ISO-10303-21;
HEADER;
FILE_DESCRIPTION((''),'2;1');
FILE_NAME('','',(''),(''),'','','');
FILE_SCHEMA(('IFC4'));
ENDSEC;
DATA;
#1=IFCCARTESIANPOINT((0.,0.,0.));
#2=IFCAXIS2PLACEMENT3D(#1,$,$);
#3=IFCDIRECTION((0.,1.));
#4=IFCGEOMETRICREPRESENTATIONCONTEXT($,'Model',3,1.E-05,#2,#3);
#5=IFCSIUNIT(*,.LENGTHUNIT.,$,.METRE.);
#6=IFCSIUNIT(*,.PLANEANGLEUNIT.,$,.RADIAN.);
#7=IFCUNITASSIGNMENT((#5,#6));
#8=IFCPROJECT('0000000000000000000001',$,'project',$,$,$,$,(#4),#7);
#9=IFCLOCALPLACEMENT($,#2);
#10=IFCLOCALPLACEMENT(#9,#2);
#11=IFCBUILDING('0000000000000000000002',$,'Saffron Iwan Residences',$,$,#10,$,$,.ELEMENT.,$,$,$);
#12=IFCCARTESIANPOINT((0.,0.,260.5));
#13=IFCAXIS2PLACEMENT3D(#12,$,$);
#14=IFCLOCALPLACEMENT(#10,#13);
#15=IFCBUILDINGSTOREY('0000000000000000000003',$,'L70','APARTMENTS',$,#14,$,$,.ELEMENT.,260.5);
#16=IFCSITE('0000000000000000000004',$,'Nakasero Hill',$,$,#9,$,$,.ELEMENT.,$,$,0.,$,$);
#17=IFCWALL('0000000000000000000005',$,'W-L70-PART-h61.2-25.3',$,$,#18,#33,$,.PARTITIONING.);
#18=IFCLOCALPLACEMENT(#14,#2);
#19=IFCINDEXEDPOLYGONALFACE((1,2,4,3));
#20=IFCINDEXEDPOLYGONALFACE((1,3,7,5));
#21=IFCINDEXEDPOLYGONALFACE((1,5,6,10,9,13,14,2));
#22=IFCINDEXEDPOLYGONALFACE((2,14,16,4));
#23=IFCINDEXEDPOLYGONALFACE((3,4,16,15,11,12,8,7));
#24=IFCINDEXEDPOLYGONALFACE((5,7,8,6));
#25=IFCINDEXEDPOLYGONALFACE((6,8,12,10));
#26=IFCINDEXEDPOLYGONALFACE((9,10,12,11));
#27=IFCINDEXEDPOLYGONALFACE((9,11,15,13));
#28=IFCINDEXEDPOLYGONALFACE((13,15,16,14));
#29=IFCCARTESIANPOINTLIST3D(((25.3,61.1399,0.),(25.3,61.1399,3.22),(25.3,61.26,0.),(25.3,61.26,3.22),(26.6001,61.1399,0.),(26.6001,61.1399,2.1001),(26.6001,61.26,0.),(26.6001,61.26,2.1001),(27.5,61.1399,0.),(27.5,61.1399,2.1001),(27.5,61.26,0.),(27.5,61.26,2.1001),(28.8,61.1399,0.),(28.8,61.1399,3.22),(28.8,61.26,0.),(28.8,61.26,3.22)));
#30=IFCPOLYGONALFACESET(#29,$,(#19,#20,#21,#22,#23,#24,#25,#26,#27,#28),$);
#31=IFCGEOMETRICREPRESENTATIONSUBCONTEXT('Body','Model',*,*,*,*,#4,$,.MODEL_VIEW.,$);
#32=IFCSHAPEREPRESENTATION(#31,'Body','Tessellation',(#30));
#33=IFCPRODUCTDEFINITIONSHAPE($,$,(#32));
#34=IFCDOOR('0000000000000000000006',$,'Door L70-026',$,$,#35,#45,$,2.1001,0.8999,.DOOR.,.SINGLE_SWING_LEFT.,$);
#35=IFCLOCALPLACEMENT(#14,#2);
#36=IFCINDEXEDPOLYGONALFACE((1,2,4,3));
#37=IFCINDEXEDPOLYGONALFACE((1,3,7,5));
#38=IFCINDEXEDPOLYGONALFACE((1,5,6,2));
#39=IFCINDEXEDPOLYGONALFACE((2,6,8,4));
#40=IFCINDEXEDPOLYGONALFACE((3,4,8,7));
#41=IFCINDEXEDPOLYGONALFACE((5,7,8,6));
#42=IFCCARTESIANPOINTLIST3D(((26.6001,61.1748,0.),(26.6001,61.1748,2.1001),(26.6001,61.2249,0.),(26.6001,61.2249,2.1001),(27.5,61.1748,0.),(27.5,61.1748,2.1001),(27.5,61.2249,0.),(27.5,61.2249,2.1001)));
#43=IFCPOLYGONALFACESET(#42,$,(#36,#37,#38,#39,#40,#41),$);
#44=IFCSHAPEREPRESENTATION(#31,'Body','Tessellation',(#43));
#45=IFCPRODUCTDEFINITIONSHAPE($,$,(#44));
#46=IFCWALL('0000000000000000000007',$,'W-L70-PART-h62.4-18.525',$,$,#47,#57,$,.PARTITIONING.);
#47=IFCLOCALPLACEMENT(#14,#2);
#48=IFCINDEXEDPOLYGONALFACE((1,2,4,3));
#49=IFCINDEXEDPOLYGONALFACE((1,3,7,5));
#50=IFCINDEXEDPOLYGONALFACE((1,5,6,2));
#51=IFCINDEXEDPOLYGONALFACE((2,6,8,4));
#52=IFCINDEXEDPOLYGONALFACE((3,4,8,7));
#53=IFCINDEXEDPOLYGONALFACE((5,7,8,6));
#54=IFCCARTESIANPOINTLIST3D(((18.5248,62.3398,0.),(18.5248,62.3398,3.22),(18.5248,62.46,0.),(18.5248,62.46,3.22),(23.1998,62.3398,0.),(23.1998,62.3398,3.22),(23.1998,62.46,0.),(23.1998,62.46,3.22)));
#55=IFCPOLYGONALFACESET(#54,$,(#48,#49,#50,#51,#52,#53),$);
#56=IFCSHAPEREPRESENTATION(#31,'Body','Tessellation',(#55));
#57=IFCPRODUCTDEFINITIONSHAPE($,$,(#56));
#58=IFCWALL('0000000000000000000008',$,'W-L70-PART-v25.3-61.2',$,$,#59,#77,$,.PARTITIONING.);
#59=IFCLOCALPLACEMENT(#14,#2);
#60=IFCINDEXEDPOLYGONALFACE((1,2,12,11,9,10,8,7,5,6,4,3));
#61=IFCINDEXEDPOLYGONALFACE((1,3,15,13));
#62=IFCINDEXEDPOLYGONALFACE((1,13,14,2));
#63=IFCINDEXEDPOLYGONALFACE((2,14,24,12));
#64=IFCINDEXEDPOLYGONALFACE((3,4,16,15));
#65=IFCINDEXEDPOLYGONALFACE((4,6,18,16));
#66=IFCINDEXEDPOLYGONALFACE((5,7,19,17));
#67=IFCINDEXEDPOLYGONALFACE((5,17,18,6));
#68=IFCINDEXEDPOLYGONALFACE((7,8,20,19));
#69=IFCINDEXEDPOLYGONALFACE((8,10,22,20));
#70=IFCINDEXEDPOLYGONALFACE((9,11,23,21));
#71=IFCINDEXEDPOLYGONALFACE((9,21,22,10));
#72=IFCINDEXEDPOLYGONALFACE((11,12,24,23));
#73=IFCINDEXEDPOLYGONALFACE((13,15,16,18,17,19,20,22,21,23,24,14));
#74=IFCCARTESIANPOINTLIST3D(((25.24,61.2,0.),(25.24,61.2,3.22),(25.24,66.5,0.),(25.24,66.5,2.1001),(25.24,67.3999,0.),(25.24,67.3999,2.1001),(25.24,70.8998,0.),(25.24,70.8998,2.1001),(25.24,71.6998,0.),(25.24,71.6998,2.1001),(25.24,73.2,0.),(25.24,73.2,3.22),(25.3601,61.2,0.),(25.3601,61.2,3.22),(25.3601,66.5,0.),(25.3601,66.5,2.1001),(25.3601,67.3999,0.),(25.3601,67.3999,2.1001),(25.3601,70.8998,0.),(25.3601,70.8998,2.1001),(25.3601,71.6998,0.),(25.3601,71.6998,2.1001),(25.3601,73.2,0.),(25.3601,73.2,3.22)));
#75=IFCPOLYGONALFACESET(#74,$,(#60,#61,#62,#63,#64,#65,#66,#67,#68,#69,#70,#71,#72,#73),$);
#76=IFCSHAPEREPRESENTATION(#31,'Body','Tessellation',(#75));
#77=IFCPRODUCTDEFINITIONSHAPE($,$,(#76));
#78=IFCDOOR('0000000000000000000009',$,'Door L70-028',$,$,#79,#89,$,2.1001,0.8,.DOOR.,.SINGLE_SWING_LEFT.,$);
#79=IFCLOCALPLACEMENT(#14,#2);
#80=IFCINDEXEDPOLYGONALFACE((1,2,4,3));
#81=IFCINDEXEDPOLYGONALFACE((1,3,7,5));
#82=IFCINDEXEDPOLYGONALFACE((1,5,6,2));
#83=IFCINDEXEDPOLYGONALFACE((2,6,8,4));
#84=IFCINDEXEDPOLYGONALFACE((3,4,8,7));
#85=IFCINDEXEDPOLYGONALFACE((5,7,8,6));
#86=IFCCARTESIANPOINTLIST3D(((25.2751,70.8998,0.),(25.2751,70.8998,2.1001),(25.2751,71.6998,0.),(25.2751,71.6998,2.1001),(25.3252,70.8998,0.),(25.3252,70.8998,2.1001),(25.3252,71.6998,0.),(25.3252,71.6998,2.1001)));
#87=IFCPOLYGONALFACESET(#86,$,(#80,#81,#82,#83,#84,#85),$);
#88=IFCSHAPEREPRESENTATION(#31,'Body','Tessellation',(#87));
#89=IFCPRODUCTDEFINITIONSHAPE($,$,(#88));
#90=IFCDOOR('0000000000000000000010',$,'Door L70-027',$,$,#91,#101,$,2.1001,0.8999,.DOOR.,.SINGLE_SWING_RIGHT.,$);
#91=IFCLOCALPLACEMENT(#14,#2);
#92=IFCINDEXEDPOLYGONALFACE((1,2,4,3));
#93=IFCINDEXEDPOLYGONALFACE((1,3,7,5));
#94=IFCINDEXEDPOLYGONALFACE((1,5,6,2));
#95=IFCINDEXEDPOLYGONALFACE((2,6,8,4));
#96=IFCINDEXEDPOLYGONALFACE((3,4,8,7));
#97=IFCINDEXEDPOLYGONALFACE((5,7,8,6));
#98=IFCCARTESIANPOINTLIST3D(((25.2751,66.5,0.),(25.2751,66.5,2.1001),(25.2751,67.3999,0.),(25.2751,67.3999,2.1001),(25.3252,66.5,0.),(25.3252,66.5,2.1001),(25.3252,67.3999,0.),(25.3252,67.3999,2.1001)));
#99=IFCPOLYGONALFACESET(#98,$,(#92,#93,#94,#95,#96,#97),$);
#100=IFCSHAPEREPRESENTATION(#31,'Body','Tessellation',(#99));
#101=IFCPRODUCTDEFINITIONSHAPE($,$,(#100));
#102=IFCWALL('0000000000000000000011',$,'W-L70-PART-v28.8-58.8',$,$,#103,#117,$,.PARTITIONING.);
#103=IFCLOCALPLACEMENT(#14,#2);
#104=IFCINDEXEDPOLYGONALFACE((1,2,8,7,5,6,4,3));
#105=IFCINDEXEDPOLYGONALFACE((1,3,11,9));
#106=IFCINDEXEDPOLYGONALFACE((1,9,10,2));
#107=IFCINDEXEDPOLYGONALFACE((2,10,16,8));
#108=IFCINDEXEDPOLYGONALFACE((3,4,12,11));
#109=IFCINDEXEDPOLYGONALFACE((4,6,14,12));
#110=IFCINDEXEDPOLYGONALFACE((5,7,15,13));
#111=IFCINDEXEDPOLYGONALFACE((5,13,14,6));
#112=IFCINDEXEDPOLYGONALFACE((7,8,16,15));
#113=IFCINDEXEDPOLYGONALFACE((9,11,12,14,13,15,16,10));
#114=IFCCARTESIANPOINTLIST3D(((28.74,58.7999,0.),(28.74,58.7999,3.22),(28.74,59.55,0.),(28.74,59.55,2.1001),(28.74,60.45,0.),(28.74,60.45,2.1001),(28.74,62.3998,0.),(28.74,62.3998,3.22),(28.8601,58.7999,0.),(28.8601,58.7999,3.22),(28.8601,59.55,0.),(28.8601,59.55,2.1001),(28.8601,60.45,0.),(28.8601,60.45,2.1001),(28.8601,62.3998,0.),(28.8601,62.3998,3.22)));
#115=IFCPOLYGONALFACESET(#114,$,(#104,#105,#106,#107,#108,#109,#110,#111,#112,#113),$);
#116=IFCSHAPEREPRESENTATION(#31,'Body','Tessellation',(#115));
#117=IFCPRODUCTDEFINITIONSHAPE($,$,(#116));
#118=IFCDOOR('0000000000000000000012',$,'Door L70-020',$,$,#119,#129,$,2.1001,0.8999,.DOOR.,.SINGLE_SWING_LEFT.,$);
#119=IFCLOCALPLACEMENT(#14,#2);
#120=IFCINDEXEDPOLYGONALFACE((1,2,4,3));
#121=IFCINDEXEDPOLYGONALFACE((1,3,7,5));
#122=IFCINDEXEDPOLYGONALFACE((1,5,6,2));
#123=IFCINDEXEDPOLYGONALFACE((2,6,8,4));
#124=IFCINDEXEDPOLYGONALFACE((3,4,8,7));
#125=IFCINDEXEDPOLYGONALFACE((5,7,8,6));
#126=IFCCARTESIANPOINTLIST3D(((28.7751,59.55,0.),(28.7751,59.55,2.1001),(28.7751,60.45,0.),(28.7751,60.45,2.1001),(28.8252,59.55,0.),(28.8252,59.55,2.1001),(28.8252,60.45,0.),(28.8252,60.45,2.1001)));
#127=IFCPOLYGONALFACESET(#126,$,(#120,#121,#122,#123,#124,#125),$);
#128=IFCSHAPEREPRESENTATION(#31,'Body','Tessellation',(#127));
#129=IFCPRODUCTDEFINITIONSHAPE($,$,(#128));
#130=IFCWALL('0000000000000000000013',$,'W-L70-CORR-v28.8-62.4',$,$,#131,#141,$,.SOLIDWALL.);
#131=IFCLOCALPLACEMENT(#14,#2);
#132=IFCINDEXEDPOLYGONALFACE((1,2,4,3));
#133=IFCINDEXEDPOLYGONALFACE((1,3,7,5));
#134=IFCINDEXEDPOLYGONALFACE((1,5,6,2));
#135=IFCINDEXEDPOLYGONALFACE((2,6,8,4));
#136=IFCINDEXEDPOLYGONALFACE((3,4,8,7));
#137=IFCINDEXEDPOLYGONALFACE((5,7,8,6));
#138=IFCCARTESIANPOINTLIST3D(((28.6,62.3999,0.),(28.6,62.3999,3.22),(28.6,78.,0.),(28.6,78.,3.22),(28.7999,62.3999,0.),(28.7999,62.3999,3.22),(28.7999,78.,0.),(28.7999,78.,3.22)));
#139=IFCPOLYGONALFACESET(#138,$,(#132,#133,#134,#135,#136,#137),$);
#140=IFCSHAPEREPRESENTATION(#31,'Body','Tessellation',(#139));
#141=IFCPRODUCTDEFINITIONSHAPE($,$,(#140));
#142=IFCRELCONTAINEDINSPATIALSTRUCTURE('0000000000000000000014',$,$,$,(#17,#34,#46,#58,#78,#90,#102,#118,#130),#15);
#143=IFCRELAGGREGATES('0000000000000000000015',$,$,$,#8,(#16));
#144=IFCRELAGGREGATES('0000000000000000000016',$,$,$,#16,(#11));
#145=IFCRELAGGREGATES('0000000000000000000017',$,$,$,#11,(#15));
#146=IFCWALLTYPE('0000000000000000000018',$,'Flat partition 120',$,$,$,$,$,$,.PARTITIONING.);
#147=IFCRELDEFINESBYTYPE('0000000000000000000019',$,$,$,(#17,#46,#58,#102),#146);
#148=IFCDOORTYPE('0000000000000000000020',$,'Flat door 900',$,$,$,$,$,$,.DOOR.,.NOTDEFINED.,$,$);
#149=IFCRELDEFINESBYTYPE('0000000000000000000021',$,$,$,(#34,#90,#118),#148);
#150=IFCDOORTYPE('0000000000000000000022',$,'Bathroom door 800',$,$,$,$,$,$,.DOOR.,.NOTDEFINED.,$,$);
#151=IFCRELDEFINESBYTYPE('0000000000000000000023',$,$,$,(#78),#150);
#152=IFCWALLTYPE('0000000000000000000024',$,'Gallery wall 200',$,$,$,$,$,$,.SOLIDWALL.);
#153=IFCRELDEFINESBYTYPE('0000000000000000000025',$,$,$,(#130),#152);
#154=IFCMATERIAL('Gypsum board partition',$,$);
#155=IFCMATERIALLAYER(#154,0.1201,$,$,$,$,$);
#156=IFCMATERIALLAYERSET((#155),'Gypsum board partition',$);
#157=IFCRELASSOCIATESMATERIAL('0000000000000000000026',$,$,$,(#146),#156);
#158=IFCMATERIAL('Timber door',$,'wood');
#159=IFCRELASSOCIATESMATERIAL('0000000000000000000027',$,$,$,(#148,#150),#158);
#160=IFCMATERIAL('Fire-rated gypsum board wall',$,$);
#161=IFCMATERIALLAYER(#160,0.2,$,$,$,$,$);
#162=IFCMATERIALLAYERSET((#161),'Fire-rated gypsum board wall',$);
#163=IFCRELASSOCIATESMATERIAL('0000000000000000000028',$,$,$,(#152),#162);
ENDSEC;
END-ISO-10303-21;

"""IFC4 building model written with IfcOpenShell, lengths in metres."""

from ifc_helpers import new_model, si_unit, direction, frame, frame_2d, origin, place, context, subcontext, project, spatial, rectangle, extrude, material, layer, layer_set, type_object, element, fill, save


model = new_model("IFC4")

# Units and contexts
model_context = context("Model", 3, precision=1e-05, world=origin(), true_north=direction((0.0, 1.0)))
body_context = subcontext(model_context, "Body", "Model", "MODEL_VIEW")
ifc_project = project(units=[si_unit("LENGTHUNIT", "METRE"), si_unit("PLANEANGLEUNIT", "RADIAN")], contexts=[model_context])

# Site, building, storey
site_placement = place(None, origin())
site = spatial("IfcSite", under=ifc_project, at=site_placement, Name="Nakasero Hill", CompositionType="ELEMENT", RefElevation=0.0)
building_placement = place(site_placement, origin())
building = spatial("IfcBuilding", under=site, at=building_placement, Name="Saffron Iwan Residences", CompositionType="ELEMENT")
storey_placement = place(building_placement, frame((0.0, 0.0, 260.5)))
storey = spatial("IfcBuildingStorey", under=building, at=storey_placement, Name="L70", Description="APARTMENTS", CompositionType="ELEMENT", Elevation=260.5)

# Shared definitions
ifc_material_1 = material(Name="Fire-rated gypsum board wall")
ifc_material_2 = material(Name="Gypsum board partition")
ifc_layer_1 = layer(ifc_material_2, 0.1201)
ifc_layer_set_1 = layer_set([ifc_layer_1], Name="Gypsum board partition")
wall_type_1 = type_object("IfcWallType", Name="Flat partition 120", PredefinedType="PARTITIONING", material=ifc_layer_set_1)

# Wall, opening, door
wall_1_placement = place(storey_placement, frame((25.3, 61.2, 0.0), z_axis=(0.0, 0.0, 1.0), x_axis=(1.0, 0.0, 0.0)))
wall_1 = element("IfcWall", 1, at=wall_1_placement, inside=storey, type_object=wall_type_1, Name="W-L70-PART-h61.2-25.3", PredefinedType="PARTITIONING", context=body_context, shape_type="SweptSolid", body=[
    extrude(rectangle(XDim=3.5, YDim=0.1201, at=frame_2d((1.75, 0.0))), origin(), (0.0, 0.0, 1.0), 3.22),
])
opening_1_placement = place(wall_1_placement, frame((1.3, 0.0, 0.0)))
opening_1 = element("IfcOpeningElement", 2, at=opening_1_placement, cuts=wall_1, PredefinedType="OPENING", context=body_context, shape_type="SweptSolid", body=[
    extrude(rectangle(XDim=0.8999, YDim=2.1001, at=frame_2d((0.45, 1.05))), frame((0.0, 0.0701, 0.0), z_axis=(0.0, -1.0, 0.0), x_axis=(1.0, 0.0, 0.0)), (0.0, 0.0, 1.0), 0.1401),
])
ifc_material_3 = material(Name="Timber door", Category="wood")
door_type_1 = type_object("IfcDoorType", Name="Flat door 900", OperationType="NOTDEFINED", PredefinedType="DOOR", material=ifc_material_3)
door_1_placement = place(opening_1_placement, origin())
door_1 = element("IfcDoor", 3, at=door_1_placement, inside=storey, type_object=door_type_1, Name="Door L70-026", OperationType="SINGLE_SWING_LEFT", OverallHeight=2.1001, OverallWidth=0.8999, PredefinedType="DOOR", context=body_context, shape_type="SweptSolid", body=[
    extrude(rectangle(XDim=0.8999, YDim=2.1001, at=frame_2d((0.45, 1.05))), frame((0.0, 0.0249, 0.0), z_axis=(0.0, -1.0, 0.0), x_axis=(1.0, 0.0, 0.0)), (0.0, 0.0, 1.0), 0.05),
])
fill(opening_1, door_1)

# Wall
wall_2_placement = place(storey_placement, frame((18.5249, 62.3999, 0.0), z_axis=(0.0, 0.0, 1.0), x_axis=(1.0, 0.0, 0.0)))
element("IfcWall", 4, at=wall_2_placement, inside=storey, type_object=wall_type_1, Name="W-L70-PART-h62.4-18.525", PredefinedType="PARTITIONING", context=body_context, shape_type="SweptSolid", body=[
    extrude(rectangle(XDim=4.675, YDim=0.1201, at=frame_2d((2.3374, 0.0))), origin(), (0.0, 0.0, 1.0), 3.22),
])

# Wall, openings, doors
wall_3_placement = place(storey_placement, frame((25.3, 61.2, 0.0), z_axis=(0.0, 0.0, 1.0), x_axis=(0.0, 1.0, 0.0)))
wall_3 = element("IfcWall", 5, at=wall_3_placement, inside=storey, type_object=wall_type_1, Name="W-L70-PART-v25.3-61.2", PredefinedType="PARTITIONING", context=body_context, shape_type="SweptSolid", body=[
    extrude(rectangle(XDim=12.0, YDim=0.1201, at=frame_2d((6.0, 0.0))), origin(), (0.0, 0.0, 1.0), 3.22),
])
opening_2_placement = place(wall_3_placement, frame((5.3, 0.0, 0.0)))
opening_2 = element("IfcOpeningElement", 6, at=opening_2_placement, cuts=wall_3, PredefinedType="OPENING", context=body_context, shape_type="SweptSolid", body=[
    extrude(rectangle(XDim=0.8999, YDim=2.1001, at=frame_2d((0.45, 1.05))), frame((0.0, 0.0701, 0.0), z_axis=(0.0, -1.0, 0.0), x_axis=(1.0, 0.0, 0.0)), (0.0, 0.0, 1.0), 0.1401),
])
opening_3_placement = place(wall_3_placement, frame((9.7, 0.0, 0.0)))
opening_3 = element("IfcOpeningElement", 7, at=opening_3_placement, cuts=wall_3, PredefinedType="OPENING", context=body_context, shape_type="SweptSolid", body=[
    extrude(rectangle(XDim=0.8, YDim=2.1001, at=frame_2d((0.3999, 1.05))), frame((0.0, 0.0701, 0.0), z_axis=(0.0, -1.0, 0.0), x_axis=(1.0, 0.0, 0.0)), (0.0, 0.0, 1.0), 0.1401),
])
door_type_2 = type_object("IfcDoorType", Name="Bathroom door 800", OperationType="NOTDEFINED", PredefinedType="DOOR", material=ifc_material_3)
door_2_placement = place(opening_3_placement, origin())
door_2 = element("IfcDoor", 8, at=door_2_placement, inside=storey, type_object=door_type_2, Name="Door L70-028", OperationType="SINGLE_SWING_LEFT", OverallHeight=2.1001, OverallWidth=0.8, PredefinedType="DOOR", context=body_context, shape_type="SweptSolid", body=[
    extrude(rectangle(XDim=0.8, YDim=2.1001, at=frame_2d((0.3999, 1.05))), frame((0.0, 0.0249, 0.0), z_axis=(0.0, -1.0, 0.0), x_axis=(1.0, 0.0, 0.0)), (0.0, 0.0, 1.0), 0.05),
])
fill(opening_3, door_2)
door_3_placement = place(opening_2_placement, origin())
door_3 = element("IfcDoor", 9, at=door_3_placement, inside=storey, type_object=door_type_1, Name="Door L70-027", OperationType="SINGLE_SWING_RIGHT", OverallHeight=2.1001, OverallWidth=0.8999, PredefinedType="DOOR", context=body_context, shape_type="SweptSolid", body=[
    extrude(rectangle(XDim=0.8999, YDim=2.1001, at=frame_2d((0.45, 1.05))), frame((0.0, 0.0249, 0.0), z_axis=(0.0, -1.0, 0.0), x_axis=(1.0, 0.0, 0.0)), (0.0, 0.0, 1.0), 0.05),
])
fill(opening_2, door_3)

# Wall, opening, door
wall_4_placement = place(storey_placement, frame((28.8, 58.8, 0.0), z_axis=(0.0, 0.0, 1.0), x_axis=(0.0, 1.0, 0.0)))
wall_4 = element("IfcWall", 10, at=wall_4_placement, inside=storey, type_object=wall_type_1, Name="W-L70-PART-v28.8-58.8", PredefinedType="PARTITIONING", context=body_context, shape_type="SweptSolid", body=[
    extrude(rectangle(XDim=3.5999, YDim=0.1201, at=frame_2d((1.7998, 0.0))), origin(), (0.0, 0.0, 1.0), 3.22),
])
opening_4_placement = place(wall_4_placement, frame((0.75, 0.0, 0.0)))
opening_4 = element("IfcOpeningElement", 11, at=opening_4_placement, cuts=wall_4, PredefinedType="OPENING", context=body_context, shape_type="SweptSolid", body=[
    extrude(rectangle(XDim=0.8999, YDim=2.1001, at=frame_2d((0.45, 1.05))), frame((0.0, 0.0701, 0.0), z_axis=(0.0, -1.0, 0.0), x_axis=(1.0, 0.0, 0.0)), (0.0, 0.0, 1.0), 0.1401),
])
door_4_placement = place(opening_4_placement, origin())
door_4 = element("IfcDoor", 12, at=door_4_placement, inside=storey, type_object=door_type_1, Name="Door L70-020", OperationType="SINGLE_SWING_LEFT", OverallHeight=2.1001, OverallWidth=0.8999, PredefinedType="DOOR", context=body_context, shape_type="SweptSolid", body=[
    extrude(rectangle(XDim=0.8999, YDim=2.1001, at=frame_2d((0.45, 1.05))), frame((0.0, 0.0249, 0.0), z_axis=(0.0, -1.0, 0.0), x_axis=(1.0, 0.0, 0.0)), (0.0, 0.0, 1.0), 0.05),
])
fill(opening_4, door_4)

# Wall
ifc_layer_2 = layer(ifc_material_1, 0.2)
ifc_layer_set_2 = layer_set([ifc_layer_2], Name="Fire-rated gypsum board wall")
wall_type_2 = type_object("IfcWallType", Name="Gallery wall 200", PredefinedType="SOLIDWALL", material=ifc_layer_set_2)
wall_5_placement = place(storey_placement, frame((28.7, 62.3999, 0.0), z_axis=(0.0, 0.0, 1.0), x_axis=(0.0, 1.0, 0.0)))
element("IfcWall", 13, at=wall_5_placement, inside=storey, type_object=wall_type_2, Name="W-L70-CORR-v28.8-62.4", PredefinedType="SOLIDWALL", context=body_context, shape_type="SweptSolid", body=[
    extrude(rectangle(XDim=15.6001, YDim=0.2, at=frame_2d((7.8, 0.0))), origin(), (0.0, 0.0, 1.0), 3.22),
])

save(model, "model.ifc")
